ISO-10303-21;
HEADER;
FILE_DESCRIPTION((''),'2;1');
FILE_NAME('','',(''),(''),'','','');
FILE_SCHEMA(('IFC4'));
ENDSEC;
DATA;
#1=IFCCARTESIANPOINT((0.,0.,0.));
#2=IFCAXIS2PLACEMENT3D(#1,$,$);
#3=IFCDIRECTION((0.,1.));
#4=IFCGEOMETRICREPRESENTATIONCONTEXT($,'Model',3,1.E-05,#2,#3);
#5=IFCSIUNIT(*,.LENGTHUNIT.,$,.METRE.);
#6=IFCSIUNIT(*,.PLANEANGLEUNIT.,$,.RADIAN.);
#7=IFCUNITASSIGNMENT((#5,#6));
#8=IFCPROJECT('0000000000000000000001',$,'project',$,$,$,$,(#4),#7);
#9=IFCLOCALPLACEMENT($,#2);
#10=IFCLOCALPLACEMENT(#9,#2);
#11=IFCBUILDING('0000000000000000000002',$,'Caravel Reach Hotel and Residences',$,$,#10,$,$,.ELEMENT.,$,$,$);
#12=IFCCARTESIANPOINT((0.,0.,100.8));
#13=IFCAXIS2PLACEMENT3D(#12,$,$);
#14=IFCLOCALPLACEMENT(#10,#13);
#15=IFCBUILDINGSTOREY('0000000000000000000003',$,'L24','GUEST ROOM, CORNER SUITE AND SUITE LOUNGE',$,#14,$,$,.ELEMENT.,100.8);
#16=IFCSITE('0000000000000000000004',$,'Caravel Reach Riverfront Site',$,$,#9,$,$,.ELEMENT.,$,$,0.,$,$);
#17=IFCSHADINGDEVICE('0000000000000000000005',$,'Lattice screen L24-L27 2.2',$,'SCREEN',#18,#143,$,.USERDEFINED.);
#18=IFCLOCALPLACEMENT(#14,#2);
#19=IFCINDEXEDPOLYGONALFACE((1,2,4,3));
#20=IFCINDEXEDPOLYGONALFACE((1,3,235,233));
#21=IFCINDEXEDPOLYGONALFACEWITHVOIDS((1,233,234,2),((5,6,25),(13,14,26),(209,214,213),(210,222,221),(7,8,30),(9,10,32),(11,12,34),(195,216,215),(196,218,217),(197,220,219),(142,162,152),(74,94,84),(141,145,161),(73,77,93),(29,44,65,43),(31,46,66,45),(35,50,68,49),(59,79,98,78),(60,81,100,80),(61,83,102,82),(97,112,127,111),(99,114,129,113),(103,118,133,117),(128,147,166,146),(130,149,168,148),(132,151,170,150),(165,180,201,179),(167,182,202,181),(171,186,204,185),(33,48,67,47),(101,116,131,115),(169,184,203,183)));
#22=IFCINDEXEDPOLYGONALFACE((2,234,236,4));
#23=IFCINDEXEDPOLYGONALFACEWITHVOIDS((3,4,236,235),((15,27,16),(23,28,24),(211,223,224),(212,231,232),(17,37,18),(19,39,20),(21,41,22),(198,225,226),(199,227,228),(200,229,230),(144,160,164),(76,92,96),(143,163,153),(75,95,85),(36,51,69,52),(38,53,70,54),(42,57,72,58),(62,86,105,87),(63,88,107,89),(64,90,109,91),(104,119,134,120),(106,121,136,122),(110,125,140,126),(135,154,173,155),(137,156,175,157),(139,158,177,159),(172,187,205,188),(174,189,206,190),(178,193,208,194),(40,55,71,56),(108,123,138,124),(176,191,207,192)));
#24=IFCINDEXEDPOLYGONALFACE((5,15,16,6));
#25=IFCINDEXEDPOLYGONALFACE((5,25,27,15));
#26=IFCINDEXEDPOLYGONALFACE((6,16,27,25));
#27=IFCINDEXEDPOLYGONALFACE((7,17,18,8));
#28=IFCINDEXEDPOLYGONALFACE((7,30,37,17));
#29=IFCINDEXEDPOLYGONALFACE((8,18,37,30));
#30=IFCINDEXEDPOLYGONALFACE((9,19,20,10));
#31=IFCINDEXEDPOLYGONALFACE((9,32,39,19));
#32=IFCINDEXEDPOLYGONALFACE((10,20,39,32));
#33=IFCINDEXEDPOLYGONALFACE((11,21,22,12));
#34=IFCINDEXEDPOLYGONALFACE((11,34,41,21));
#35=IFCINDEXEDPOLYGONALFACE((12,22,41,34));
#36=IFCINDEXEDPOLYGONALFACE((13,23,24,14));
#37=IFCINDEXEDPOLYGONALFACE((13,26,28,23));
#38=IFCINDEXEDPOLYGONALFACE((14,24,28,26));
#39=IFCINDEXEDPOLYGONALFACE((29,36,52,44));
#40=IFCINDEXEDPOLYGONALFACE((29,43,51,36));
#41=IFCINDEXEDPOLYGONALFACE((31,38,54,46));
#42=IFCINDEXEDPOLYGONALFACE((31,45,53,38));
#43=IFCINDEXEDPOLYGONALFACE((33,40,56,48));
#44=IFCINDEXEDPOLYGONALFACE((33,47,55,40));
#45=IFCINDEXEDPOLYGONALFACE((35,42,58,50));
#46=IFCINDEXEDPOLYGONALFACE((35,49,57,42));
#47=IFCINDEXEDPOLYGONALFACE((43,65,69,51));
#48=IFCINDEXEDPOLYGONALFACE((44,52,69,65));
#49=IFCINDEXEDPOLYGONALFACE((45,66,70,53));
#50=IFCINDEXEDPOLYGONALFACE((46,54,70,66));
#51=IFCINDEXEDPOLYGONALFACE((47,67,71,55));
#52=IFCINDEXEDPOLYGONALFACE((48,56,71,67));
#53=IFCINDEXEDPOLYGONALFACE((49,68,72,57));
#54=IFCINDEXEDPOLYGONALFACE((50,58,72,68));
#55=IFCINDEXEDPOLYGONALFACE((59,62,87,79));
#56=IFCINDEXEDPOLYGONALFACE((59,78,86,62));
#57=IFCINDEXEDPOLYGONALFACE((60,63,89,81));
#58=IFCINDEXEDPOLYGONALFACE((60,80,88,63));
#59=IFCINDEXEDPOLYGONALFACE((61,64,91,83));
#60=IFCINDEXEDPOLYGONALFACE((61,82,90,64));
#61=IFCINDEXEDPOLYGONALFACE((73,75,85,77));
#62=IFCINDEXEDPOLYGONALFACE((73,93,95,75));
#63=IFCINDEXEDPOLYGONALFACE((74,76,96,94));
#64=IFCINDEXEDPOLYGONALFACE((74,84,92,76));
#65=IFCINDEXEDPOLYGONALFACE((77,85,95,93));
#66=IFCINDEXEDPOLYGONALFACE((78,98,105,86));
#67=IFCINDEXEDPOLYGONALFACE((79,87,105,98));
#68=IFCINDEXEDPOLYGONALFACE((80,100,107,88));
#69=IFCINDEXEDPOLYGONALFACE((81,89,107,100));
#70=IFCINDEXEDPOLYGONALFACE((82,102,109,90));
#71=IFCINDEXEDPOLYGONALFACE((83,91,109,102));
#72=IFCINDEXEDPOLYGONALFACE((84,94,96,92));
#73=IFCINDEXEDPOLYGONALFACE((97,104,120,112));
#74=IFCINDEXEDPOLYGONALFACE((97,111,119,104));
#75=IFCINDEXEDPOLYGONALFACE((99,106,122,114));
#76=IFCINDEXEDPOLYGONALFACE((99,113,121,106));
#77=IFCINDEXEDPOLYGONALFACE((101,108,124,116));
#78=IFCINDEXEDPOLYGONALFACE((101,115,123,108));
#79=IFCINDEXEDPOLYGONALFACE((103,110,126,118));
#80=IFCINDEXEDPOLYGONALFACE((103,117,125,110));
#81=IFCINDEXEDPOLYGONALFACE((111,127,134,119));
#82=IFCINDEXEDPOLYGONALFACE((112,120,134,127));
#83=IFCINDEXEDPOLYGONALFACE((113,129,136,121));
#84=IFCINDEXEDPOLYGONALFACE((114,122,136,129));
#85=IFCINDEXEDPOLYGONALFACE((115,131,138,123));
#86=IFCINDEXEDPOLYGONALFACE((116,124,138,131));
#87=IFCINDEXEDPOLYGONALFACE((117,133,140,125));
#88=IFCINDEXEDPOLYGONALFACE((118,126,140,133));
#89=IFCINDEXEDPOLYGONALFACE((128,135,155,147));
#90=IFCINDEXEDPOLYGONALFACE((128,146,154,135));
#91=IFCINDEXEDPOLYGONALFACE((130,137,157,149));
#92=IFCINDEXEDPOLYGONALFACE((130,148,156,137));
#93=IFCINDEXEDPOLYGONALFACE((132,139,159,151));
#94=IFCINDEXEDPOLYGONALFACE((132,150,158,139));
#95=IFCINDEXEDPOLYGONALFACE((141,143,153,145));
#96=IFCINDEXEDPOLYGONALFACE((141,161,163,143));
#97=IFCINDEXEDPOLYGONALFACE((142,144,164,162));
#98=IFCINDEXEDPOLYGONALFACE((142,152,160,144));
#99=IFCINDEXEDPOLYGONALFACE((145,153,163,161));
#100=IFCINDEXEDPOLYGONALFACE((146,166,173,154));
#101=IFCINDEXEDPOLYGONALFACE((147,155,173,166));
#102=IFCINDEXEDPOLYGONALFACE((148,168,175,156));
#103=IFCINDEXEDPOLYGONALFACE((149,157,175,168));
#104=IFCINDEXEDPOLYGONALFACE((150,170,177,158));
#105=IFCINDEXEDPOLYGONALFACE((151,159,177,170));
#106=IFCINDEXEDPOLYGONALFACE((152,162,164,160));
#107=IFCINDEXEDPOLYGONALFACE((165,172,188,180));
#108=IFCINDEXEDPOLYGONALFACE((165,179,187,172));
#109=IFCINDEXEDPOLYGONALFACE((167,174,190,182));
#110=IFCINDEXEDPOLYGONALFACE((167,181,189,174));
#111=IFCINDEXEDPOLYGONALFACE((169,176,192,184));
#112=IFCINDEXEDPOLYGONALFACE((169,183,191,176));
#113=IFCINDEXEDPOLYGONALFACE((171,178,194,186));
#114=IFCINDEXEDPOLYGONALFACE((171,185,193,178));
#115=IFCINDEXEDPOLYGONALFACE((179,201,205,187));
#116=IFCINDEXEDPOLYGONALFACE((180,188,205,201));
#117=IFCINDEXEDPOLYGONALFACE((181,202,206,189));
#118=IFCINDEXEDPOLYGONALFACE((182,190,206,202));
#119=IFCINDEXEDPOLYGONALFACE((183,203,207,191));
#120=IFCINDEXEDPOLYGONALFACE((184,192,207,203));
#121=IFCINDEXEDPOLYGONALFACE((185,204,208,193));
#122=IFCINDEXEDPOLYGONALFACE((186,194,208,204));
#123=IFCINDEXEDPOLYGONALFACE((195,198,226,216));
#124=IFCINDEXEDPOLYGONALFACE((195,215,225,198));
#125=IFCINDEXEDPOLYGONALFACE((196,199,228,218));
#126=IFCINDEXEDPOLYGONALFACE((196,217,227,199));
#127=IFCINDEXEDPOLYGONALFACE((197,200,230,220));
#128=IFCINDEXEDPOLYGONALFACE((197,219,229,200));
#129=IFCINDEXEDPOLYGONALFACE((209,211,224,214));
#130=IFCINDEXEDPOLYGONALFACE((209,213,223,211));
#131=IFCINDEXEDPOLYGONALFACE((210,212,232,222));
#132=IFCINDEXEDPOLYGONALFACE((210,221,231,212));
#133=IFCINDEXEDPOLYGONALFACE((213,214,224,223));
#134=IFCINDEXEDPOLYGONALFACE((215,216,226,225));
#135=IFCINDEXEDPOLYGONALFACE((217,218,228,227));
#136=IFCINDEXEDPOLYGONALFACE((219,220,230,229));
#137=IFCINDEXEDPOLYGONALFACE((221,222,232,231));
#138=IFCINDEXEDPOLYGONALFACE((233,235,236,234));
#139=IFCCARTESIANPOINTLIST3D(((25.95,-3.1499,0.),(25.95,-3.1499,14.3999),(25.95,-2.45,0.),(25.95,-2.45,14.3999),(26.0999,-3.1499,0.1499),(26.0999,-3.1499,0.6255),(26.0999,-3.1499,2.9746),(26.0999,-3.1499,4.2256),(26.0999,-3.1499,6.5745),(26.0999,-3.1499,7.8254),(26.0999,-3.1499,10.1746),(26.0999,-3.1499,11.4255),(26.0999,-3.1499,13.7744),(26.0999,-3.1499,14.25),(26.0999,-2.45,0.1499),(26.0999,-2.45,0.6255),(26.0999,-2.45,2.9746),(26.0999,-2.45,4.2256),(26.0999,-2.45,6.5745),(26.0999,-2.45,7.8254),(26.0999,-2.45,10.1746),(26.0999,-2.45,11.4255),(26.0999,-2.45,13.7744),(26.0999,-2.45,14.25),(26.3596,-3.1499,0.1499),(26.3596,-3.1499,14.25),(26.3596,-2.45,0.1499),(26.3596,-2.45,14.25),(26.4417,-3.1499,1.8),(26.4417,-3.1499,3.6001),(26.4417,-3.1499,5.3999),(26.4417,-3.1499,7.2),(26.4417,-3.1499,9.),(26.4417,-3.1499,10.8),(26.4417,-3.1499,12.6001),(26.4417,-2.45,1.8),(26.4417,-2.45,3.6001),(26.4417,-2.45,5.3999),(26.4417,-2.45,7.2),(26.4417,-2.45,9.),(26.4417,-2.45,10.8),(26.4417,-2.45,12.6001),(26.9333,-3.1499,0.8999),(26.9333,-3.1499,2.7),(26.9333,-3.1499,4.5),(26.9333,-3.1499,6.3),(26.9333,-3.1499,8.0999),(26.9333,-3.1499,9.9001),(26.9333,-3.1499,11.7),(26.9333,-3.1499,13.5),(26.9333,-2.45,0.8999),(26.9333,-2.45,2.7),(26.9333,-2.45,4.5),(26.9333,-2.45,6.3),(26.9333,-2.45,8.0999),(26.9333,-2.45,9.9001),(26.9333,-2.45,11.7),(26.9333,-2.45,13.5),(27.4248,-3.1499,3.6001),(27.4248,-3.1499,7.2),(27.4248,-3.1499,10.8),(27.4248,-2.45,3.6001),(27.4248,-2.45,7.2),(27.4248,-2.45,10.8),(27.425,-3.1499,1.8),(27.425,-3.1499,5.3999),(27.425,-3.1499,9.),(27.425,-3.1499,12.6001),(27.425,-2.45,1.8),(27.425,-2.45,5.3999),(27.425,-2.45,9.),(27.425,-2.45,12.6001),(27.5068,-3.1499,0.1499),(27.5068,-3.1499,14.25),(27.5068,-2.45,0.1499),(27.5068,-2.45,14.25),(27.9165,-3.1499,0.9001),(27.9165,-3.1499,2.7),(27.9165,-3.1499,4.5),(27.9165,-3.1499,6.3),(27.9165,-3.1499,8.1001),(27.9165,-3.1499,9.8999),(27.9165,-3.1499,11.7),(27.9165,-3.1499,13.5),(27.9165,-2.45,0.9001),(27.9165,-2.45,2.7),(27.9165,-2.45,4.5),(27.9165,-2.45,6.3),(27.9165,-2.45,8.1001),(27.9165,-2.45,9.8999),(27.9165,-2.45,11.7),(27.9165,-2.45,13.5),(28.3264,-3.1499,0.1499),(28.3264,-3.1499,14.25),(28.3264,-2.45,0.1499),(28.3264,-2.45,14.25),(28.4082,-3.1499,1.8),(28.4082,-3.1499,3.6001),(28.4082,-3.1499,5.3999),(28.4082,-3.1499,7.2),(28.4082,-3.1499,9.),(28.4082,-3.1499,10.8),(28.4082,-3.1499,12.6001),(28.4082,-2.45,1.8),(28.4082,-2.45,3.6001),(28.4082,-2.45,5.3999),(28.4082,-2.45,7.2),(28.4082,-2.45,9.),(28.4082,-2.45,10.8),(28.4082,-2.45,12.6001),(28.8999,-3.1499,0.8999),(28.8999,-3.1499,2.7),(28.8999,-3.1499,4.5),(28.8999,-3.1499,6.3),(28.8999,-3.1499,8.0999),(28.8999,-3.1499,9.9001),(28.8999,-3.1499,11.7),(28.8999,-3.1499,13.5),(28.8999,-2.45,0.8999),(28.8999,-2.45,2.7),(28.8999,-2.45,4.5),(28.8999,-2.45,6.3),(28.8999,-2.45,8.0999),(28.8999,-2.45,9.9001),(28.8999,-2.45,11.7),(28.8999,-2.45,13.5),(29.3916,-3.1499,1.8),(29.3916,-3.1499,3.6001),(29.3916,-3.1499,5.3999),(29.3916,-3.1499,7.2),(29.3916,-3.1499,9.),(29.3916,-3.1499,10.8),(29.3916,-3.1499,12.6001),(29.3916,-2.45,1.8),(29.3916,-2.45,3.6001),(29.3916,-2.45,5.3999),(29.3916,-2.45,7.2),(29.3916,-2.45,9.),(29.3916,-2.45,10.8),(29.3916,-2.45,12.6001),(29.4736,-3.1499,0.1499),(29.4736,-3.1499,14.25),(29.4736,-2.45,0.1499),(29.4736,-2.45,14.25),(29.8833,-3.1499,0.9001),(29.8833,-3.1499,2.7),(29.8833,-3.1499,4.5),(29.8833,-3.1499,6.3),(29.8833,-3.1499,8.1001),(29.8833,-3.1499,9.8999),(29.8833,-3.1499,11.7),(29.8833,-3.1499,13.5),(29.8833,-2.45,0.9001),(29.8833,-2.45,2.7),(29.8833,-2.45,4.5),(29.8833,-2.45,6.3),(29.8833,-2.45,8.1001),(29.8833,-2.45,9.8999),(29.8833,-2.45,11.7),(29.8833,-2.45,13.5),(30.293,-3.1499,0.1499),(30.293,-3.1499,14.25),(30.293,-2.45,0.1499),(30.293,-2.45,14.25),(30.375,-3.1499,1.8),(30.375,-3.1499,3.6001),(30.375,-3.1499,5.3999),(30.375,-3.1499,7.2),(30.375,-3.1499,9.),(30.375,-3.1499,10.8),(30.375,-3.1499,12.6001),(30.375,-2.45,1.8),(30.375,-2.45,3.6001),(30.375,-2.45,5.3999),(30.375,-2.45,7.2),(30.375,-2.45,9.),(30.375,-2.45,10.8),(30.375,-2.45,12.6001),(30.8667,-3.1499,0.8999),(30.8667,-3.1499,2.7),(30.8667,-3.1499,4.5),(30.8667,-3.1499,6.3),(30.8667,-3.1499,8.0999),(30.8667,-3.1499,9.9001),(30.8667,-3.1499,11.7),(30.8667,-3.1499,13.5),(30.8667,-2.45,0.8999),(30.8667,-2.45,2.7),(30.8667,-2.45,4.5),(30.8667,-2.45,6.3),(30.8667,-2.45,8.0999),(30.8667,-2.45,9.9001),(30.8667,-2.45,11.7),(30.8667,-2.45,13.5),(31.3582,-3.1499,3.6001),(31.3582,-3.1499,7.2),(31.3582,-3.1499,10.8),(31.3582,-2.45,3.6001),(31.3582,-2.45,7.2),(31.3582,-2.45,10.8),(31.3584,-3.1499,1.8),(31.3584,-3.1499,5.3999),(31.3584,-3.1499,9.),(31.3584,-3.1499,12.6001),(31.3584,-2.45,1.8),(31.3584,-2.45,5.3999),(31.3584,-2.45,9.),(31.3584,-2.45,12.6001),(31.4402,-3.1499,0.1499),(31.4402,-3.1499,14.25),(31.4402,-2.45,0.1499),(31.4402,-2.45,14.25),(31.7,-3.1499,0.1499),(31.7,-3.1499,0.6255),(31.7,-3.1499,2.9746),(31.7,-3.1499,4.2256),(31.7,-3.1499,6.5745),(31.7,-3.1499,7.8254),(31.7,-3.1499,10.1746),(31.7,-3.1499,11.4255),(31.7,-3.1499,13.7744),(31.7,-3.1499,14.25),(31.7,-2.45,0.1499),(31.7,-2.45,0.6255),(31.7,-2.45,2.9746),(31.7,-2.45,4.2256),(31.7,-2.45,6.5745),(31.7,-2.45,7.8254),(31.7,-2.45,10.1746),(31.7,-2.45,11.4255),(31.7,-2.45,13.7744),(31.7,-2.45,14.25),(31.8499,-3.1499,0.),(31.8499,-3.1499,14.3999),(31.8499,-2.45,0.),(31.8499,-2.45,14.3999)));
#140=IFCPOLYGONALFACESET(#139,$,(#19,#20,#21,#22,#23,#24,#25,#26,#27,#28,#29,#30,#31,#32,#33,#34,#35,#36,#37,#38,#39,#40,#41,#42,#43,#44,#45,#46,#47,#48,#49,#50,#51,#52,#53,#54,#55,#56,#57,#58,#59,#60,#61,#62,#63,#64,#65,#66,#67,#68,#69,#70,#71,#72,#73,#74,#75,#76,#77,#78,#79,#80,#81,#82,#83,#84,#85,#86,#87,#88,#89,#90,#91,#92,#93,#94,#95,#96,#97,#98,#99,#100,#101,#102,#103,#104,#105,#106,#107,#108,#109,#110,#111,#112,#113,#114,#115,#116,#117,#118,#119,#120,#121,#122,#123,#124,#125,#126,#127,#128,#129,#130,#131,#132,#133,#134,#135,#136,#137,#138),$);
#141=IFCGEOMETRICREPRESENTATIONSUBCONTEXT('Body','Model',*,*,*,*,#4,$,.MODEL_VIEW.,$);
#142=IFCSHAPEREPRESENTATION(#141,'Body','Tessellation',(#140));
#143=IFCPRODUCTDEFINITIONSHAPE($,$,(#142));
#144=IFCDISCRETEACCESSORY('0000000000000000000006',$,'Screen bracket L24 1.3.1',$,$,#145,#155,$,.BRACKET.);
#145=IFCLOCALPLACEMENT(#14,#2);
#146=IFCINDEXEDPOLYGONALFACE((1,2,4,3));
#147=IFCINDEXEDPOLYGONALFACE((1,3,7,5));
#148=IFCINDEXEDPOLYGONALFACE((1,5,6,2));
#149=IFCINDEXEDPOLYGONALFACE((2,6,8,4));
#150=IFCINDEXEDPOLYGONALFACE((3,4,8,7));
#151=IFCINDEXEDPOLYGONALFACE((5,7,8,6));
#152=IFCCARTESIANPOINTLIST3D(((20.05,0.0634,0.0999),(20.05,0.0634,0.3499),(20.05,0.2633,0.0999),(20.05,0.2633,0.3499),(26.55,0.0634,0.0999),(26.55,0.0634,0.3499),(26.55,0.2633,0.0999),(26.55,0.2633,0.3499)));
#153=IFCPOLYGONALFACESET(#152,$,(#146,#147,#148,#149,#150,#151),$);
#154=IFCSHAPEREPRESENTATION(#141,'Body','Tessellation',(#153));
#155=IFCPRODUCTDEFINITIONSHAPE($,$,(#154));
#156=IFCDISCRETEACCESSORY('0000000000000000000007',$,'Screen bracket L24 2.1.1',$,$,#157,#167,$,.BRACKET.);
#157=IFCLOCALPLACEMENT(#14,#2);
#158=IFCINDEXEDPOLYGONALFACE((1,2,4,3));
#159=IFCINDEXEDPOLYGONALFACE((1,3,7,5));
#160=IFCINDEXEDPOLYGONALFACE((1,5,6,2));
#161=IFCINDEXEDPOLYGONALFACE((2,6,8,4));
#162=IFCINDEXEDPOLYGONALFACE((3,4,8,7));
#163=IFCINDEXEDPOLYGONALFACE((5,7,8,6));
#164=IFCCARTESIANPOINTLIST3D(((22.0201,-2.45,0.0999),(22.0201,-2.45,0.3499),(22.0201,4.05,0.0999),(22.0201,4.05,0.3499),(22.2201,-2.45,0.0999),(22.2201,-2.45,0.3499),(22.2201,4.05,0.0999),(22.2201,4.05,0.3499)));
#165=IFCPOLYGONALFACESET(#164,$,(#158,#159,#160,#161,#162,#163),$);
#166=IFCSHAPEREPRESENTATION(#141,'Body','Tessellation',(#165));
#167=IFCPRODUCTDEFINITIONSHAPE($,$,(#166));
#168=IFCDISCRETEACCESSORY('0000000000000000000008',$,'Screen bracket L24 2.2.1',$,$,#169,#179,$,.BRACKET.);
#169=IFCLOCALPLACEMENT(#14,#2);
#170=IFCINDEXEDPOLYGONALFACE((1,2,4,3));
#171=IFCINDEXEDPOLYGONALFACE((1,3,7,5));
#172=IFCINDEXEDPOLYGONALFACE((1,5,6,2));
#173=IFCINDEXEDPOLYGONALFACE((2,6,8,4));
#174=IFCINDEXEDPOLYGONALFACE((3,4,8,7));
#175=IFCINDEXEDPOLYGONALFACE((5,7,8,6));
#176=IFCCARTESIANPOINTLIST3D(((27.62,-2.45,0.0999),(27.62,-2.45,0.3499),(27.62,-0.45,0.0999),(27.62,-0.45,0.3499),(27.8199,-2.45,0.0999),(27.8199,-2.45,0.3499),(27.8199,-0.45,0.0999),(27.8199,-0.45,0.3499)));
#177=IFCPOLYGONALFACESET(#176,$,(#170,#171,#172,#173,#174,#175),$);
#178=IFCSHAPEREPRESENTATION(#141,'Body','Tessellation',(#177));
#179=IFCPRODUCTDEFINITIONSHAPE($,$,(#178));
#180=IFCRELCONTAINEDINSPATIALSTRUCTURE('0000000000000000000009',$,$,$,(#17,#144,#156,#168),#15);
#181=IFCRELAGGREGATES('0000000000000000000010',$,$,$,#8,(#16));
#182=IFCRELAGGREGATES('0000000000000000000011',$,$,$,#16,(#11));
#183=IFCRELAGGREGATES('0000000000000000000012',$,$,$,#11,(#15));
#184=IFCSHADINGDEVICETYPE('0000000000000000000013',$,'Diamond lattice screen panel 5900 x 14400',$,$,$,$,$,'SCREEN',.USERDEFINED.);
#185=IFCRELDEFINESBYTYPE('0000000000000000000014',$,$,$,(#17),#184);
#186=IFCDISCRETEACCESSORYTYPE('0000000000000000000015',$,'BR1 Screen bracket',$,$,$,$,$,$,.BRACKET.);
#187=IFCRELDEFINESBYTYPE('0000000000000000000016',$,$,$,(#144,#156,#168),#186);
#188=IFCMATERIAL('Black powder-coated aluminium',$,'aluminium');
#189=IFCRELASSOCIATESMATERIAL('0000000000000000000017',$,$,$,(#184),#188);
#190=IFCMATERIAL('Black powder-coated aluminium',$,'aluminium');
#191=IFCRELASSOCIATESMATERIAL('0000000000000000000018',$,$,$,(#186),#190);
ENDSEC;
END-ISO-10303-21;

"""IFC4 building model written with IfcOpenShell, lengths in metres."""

from ifc_helpers import new_model, si_unit, direction, frame, origin, origin_2d, place, context, subcontext, project, spatial, polyline, rectangle, outline, extrude, material, type_object, element, save


model = new_model("IFC4")

# Units and contexts
model_context = context("Model", 3, precision=1e-05, world=origin(), true_north=direction((0.0, 1.0)))
body_context = subcontext(model_context, "Body", "Model", "MODEL_VIEW")
ifc_project = project(units=[si_unit("LENGTHUNIT", "METRE"), si_unit("PLANEANGLEUNIT", "RADIAN")], contexts=[model_context])

# Site, building, storey
site_placement = place(None, origin())
site = spatial("IfcSite", under=ifc_project, at=site_placement, Name="Caravel Reach Riverfront Site", CompositionType="ELEMENT", RefElevation=0.0)
building_placement = place(site_placement, origin())
building = spatial("IfcBuilding", under=site, at=building_placement, Name="Caravel Reach Hotel and Residences", CompositionType="ELEMENT")
storey_placement = place(building_placement, frame((0.0, 0.0, 100.8)))
storey = spatial("IfcBuildingStorey", under=building, at=storey_placement, Name="L24", Description="GUEST ROOM, CORNER SUITE AND SUITE LOUNGE", CompositionType="ELEMENT", Elevation=100.8)

# Shading device
ifc_material_1 = material(Name="Black powder-coated aluminium", Category="aluminium")
shading_device_type_1 = type_object("IfcShadingDeviceType", Name="Diamond lattice screen panel 5900 x 14400", ElementType="SCREEN", PredefinedType="USERDEFINED", material=ifc_material_1)
shading_device_1_placement = place(storey_placement, frame((25.95, -2.45, 0.0), z_axis=(0.0, -1.0, 0.0), x_axis=(1.0, 0.0, 0.0)))
element("IfcShadingDevice", 1, at=shading_device_1_placement, inside=storey, type_object=shading_device_type_1, Name="Lattice screen L24-L27 2.2", ObjectType="SCREEN", PredefinedType="USERDEFINED", context=body_context, shape_type="SweptSolid", body=[
    extrude(outline(polyline([(0.0, 0.0), (5.8999, 0.0), (5.8999, 14.3999), (0.0, 14.3999), (0.0, 0.0)]), holes=[polyline([(0.4097, 0.1499), (0.1499, 0.6255), (0.1499, 0.1499), (0.4097, 0.1499)]), polyline([(0.4917, 3.6001), (0.1499, 4.2256), (0.1499, 2.9746), (0.4917, 3.6001)]), polyline([(0.4917, 7.2), (0.1499, 7.8254), (0.1499, 6.5745), (0.4917, 7.2)]), polyline([(0.4917, 10.8), (0.1499, 11.4255), (0.1499, 10.1746), (0.4917, 10.8)]), polyline([(0.1499, 13.7744), (0.4097, 14.25), (0.1499, 14.25), (0.1499, 13.7744)]), polyline([(0.9834, 2.7), (0.4917, 1.8), (0.9834, 0.8999), (1.4751, 1.8), (0.9834, 2.7)]), polyline([(0.9834, 6.3), (0.4917, 5.3999), (0.9834, 4.5), (1.4751, 5.3999), (0.9834, 6.3)]), polyline([(0.9834, 9.9001), (0.4917, 9.0), (0.9834, 8.0999), (1.4751, 9.0), (0.9834, 9.9001)]), polyline([(0.9834, 13.5), (0.4917, 12.6001), (0.9834, 11.7), (1.4751, 12.6001), (0.9834, 13.5)]), polyline([(1.9666, 0.9001), (1.5569, 0.1499), (2.3765, 0.1499), (1.9666, 0.9001)]), polyline([(1.9666, 4.5), (1.4749, 3.6001), (1.9666, 2.7), (2.4583, 3.6001), (1.9666, 4.5)]), polyline([(1.9666, 8.1001), (1.4749, 7.2), (1.9666, 6.3), (2.4583, 7.2), (1.9666, 8.1001)]), polyline([(1.9666, 11.7), (1.4749, 10.8), (1.9666, 9.8999), (2.4583, 10.8), (1.9666, 11.7)]), polyline([(1.9666, 13.5), (2.3765, 14.25), (1.5569, 14.25), (1.9666, 13.5)]), polyline([(2.95, 2.7), (2.4583, 1.8), (2.95, 0.8999), (3.4417, 1.8), (2.95, 2.7)]), polyline([(2.95, 6.3), (2.4583, 5.3999), (2.95, 4.5), (3.4417, 5.3999), (2.95, 6.3)]), polyline([(2.95, 9.9001), (2.4583, 9.0), (2.95, 8.0999), (3.4417, 9.0), (2.95, 9.9001)]), polyline([(2.95, 13.5), (2.4583, 12.6001), (2.95, 11.7), (3.4417, 12.6001), (2.95, 13.5)]), polyline([(3.9333, 0.9001), (3.5237, 0.1499), (4.343, 0.1499), (3.9333, 0.9001)]), polyline([(3.9333, 4.5), (3.4417, 3.6001), (3.9333, 2.7), (4.425, 3.6001), (3.9333, 4.5)]), polyline([(3.9333, 8.1001), (3.4417, 7.2), (3.9333, 6.3), (4.425, 7.2), (3.9333, 8.1001)]), polyline([(3.9333, 11.7), (3.4417, 10.8), (3.9333, 9.8999), (4.425, 10.8), (3.9333, 11.7)]), polyline([(3.9333, 13.5), (4.343, 14.25), (3.5237, 14.25), (3.9333, 13.5)]), polyline([(4.9167, 2.7), (4.425, 1.8), (4.9167, 0.8999), (5.4084, 1.8), (4.9167, 2.7)]), polyline([(4.9167, 6.3), (4.425, 5.3999), (4.9167, 4.5), (5.4084, 5.3999), (4.9167, 6.3)]), polyline([(4.9167, 9.9001), (4.425, 9.0), (4.9167, 8.0999), (5.4084, 9.0), (4.9167, 9.9001)]), polyline([(4.9167, 13.5), (4.425, 12.6001), (4.9167, 11.7), (5.4084, 12.6001), (4.9167, 13.5)]), polyline([(5.75, 0.6255), (5.4902, 0.1499), (5.75, 0.1499), (5.75, 0.6255)]), polyline([(5.4082, 3.6001), (5.75, 2.9746), (5.75, 4.2256), (5.4082, 3.6001)]), polyline([(5.4082, 7.2), (5.75, 6.5745), (5.75, 7.8254), (5.4082, 7.2)]), polyline([(5.4082, 10.8), (5.75, 10.1746), (5.75, 11.4255), (5.4082, 10.8)]), polyline([(5.4902, 14.25), (5.75, 13.7744), (5.75, 14.25), (5.4902, 14.25)])]), origin(), (0.0, 0.0, 1.0), 0.7),
])

# Discrete accessories
ifc_material_2 = material(Name="Black powder-coated aluminium", Category="aluminium")
discrete_accessory_type = type_object("IfcDiscreteAccessoryType", Name="BR1 Screen bracket", PredefinedType="BRACKET", material=ifc_material_2)
for number, where, z_axis, x_axis, name in (
    (2, (23.3, 0.1633, 0.0999), (0.0, 0.0, 1.0), (-1.0, 0.0, 0.0), "Screen bracket L24 1.3.1"),
    (3, (22.1201, 0.8, 0.0999), (0.0, 0.0, 1.0), (0.0, -1.0, 0.0), "Screen bracket L24 2.1.1"),
):
    element("IfcDiscreteAccessory", number, at=place(storey_placement, frame(where, z_axis=z_axis, x_axis=x_axis)), inside=storey, type_object=discrete_accessory_type, Name=name, PredefinedType="BRACKET", context=body_context, shape_type="SweptSolid", body=[
        extrude(rectangle(XDim=6.5, YDim=0.2, at=origin_2d()), origin(), (0.0, 0.0, 1.0), 0.25),
    ])
discrete_accessory_placement = place(storey_placement, frame((27.72, -1.45, 0.0999), z_axis=(0.0, 0.0, 1.0), x_axis=(0.0, -1.0, 0.0)))
element("IfcDiscreteAccessory", 4, at=discrete_accessory_placement, inside=storey, type_object=discrete_accessory_type, Name="Screen bracket L24 2.2.1", PredefinedType="BRACKET", context=body_context, shape_type="SweptSolid", body=[
    extrude(rectangle(XDim=2.0, YDim=0.2, at=origin_2d()), origin(), (0.0, 0.0, 1.0), 0.25),
])

save(model, "model.ifc")
